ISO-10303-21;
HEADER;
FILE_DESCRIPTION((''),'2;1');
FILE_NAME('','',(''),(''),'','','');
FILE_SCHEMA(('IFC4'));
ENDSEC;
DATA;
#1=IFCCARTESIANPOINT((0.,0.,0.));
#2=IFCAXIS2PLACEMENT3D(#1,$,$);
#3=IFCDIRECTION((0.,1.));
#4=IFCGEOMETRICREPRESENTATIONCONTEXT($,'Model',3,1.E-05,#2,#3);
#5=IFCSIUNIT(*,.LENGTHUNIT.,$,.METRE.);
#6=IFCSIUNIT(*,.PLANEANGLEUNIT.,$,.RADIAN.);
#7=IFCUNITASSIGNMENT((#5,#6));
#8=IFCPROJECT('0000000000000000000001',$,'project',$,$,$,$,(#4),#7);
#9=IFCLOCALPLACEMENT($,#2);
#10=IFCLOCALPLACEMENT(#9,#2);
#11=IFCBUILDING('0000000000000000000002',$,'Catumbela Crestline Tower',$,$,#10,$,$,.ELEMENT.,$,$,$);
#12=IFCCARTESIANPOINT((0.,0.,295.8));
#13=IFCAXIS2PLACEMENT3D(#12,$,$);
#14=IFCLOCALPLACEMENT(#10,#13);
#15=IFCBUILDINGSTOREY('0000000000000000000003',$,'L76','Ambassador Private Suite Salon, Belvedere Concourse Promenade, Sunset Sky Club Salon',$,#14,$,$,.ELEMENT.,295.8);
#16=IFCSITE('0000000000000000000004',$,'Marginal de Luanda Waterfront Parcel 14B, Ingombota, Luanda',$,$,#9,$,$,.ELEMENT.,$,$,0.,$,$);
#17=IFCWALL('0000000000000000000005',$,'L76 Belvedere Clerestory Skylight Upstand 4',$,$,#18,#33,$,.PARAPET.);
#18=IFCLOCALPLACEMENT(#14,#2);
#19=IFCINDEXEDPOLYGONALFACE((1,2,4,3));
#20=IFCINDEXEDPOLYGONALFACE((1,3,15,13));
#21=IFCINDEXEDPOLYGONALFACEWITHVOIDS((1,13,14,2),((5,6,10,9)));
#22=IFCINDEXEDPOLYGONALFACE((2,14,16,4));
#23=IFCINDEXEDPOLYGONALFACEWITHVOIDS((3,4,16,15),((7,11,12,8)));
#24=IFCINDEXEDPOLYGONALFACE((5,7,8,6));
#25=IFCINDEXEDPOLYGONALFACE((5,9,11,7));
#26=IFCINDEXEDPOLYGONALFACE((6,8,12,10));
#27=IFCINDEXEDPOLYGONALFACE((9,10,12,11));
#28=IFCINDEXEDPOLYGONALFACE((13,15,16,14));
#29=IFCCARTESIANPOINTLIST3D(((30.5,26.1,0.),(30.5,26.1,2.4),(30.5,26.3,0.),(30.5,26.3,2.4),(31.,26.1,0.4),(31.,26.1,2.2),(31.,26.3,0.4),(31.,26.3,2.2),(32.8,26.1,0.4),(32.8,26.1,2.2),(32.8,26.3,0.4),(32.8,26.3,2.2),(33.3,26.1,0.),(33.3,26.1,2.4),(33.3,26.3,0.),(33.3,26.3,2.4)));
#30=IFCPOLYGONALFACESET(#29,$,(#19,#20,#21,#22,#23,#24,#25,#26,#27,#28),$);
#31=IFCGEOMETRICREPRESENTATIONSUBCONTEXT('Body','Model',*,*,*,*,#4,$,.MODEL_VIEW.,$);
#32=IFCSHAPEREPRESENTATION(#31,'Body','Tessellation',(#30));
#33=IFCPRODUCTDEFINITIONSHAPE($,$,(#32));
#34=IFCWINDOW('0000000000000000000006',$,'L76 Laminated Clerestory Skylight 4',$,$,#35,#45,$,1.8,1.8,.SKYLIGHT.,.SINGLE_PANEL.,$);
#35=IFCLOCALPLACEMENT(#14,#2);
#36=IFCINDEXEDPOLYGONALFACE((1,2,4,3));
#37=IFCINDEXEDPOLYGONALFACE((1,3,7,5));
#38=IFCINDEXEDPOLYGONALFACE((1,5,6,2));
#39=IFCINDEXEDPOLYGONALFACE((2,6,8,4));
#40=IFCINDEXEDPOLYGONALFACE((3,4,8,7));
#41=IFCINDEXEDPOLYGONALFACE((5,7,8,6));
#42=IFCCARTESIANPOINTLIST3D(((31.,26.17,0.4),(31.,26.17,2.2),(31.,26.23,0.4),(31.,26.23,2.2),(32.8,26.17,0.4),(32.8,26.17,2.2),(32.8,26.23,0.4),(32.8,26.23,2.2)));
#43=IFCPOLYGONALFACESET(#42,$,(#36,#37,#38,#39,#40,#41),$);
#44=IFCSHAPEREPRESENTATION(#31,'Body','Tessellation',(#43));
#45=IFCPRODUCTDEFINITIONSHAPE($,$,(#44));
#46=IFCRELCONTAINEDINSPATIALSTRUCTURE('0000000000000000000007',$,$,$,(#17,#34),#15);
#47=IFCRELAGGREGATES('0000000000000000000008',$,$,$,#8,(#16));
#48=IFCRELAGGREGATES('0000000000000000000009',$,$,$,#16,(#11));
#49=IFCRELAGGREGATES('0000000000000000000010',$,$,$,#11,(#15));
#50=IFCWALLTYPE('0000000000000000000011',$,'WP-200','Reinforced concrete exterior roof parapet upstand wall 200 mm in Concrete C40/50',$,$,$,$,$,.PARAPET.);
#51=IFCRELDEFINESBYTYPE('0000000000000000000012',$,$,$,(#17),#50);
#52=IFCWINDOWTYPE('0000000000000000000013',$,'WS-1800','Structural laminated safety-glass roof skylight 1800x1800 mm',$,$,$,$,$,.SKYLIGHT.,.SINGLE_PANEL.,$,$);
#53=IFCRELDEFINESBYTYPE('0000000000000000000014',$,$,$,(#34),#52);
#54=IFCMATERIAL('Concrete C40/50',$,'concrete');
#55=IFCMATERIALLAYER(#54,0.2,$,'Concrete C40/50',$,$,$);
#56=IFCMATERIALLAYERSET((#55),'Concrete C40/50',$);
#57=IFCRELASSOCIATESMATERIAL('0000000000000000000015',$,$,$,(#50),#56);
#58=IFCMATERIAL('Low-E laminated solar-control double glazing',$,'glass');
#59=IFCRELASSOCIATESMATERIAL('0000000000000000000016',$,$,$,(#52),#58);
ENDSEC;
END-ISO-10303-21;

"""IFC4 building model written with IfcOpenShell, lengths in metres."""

from ifc_helpers import new_model, si_unit, direction, frame, frame_2d, origin, place, context, subcontext, project, spatial, rectangle, extrude, material, layer, layer_set, type_object, element, fill, save


model = new_model("IFC4")

# Units and contexts
model_context = context("Model", 3, precision=1e-05, world=origin(), true_north=direction((0.0, 1.0)))
body_context = subcontext(model_context, "Body", "Model", "MODEL_VIEW")
ifc_project = project(units=[si_unit("LENGTHUNIT", "METRE"), si_unit("PLANEANGLEUNIT", "RADIAN")], contexts=[model_context])

# Site, building, storey
site_placement = place(None, origin())
site = spatial("IfcSite", under=ifc_project, at=site_placement, Name="Marginal de Luanda Waterfront Parcel 14B, Ingombota, Luanda", CompositionType="ELEMENT", RefElevation=0.0)
building_placement = place(site_placement, origin())
building = spatial("IfcBuilding", under=site, at=building_placement, Name="Catumbela Crestline Tower", CompositionType="ELEMENT")
storey_placement = place(building_placement, frame((0.0, 0.0, 295.8)))
storey = spatial("IfcBuildingStorey", under=building, at=storey_placement, Name="L76", Description="Ambassador Private Suite Salon, Belvedere Concourse Promenade, Sunset Sky Club Salon", CompositionType="ELEMENT", Elevation=295.8)

# Shared definitions
ifc_material_1 = material(Name="Low-E laminated solar-control double glazing", Category="glass")

# Wall, opening, window
ifc_material_2 = material(Name="Concrete C40/50", Category="concrete")
ifc_layer_1 = layer(ifc_material_2, 0.2, Name="Concrete C40/50")
ifc_layer_set_1 = layer_set([ifc_layer_1], Name="Concrete C40/50")
wall_type = type_object("IfcWallType", Name="WP-200", Description="Reinforced concrete exterior roof parapet upstand wall 200 mm in Concrete C40/50", PredefinedType="PARAPET", material=ifc_layer_set_1)
wall_placement = place(storey_placement, frame((30.5, 26.2, 0.0), z_axis=(0.0, 0.0, 1.0), x_axis=(1.0, 0.0, 0.0)))
wall = element("IfcWall", 1, at=wall_placement, inside=storey, type_object=wall_type, Name="L76 Belvedere Clerestory Skylight Upstand 4", PredefinedType="PARAPET", context=body_context, shape_type="SweptSolid", body=[
    extrude(rectangle(XDim=2.8, YDim=0.2, at=frame_2d((1.4, 0.0))), origin(), (0.0, 0.0, 1.0), 2.4),
])
opening_placement = place(wall_placement, frame((0.5, 0.0, 0.4)))
opening = element("IfcOpeningElement", 2, at=opening_placement, cuts=wall, PredefinedType="OPENING", context=body_context, shape_type="SweptSolid", body=[
    extrude(rectangle(XDim=1.8, YDim=1.8, at=frame_2d((0.9, 0.9))), frame((0.0, 0.11, 0.0), z_axis=(0.0, -1.0, 0.0), x_axis=(1.0, 0.0, 0.0)), (0.0, 0.0, 1.0), 0.22),
])
window_type = type_object("IfcWindowType", Name="WS-1800", Description="Structural laminated safety-glass roof skylight 1800x1800 mm", PartitioningType="SINGLE_PANEL", PredefinedType="SKYLIGHT", material=ifc_material_1)
window_placement = place(opening_placement, origin())
window = element("IfcWindow", 3, at=window_placement, inside=storey, type_object=window_type, Name="L76 Laminated Clerestory Skylight 4", OverallHeight=1.8, OverallWidth=1.8, PartitioningType="SINGLE_PANEL", PredefinedType="SKYLIGHT", context=body_context, shape_type="SweptSolid", body=[
    extrude(rectangle(XDim=1.8, YDim=1.8, at=frame_2d((0.9, 0.9))), frame((0.0, 0.03, 0.0), z_axis=(0.0, -1.0, 0.0), x_axis=(1.0, 0.0, 0.0)), (0.0, 0.0, 1.0), 0.06),
])
fill(opening, window)

save(model, "model.ifc")
